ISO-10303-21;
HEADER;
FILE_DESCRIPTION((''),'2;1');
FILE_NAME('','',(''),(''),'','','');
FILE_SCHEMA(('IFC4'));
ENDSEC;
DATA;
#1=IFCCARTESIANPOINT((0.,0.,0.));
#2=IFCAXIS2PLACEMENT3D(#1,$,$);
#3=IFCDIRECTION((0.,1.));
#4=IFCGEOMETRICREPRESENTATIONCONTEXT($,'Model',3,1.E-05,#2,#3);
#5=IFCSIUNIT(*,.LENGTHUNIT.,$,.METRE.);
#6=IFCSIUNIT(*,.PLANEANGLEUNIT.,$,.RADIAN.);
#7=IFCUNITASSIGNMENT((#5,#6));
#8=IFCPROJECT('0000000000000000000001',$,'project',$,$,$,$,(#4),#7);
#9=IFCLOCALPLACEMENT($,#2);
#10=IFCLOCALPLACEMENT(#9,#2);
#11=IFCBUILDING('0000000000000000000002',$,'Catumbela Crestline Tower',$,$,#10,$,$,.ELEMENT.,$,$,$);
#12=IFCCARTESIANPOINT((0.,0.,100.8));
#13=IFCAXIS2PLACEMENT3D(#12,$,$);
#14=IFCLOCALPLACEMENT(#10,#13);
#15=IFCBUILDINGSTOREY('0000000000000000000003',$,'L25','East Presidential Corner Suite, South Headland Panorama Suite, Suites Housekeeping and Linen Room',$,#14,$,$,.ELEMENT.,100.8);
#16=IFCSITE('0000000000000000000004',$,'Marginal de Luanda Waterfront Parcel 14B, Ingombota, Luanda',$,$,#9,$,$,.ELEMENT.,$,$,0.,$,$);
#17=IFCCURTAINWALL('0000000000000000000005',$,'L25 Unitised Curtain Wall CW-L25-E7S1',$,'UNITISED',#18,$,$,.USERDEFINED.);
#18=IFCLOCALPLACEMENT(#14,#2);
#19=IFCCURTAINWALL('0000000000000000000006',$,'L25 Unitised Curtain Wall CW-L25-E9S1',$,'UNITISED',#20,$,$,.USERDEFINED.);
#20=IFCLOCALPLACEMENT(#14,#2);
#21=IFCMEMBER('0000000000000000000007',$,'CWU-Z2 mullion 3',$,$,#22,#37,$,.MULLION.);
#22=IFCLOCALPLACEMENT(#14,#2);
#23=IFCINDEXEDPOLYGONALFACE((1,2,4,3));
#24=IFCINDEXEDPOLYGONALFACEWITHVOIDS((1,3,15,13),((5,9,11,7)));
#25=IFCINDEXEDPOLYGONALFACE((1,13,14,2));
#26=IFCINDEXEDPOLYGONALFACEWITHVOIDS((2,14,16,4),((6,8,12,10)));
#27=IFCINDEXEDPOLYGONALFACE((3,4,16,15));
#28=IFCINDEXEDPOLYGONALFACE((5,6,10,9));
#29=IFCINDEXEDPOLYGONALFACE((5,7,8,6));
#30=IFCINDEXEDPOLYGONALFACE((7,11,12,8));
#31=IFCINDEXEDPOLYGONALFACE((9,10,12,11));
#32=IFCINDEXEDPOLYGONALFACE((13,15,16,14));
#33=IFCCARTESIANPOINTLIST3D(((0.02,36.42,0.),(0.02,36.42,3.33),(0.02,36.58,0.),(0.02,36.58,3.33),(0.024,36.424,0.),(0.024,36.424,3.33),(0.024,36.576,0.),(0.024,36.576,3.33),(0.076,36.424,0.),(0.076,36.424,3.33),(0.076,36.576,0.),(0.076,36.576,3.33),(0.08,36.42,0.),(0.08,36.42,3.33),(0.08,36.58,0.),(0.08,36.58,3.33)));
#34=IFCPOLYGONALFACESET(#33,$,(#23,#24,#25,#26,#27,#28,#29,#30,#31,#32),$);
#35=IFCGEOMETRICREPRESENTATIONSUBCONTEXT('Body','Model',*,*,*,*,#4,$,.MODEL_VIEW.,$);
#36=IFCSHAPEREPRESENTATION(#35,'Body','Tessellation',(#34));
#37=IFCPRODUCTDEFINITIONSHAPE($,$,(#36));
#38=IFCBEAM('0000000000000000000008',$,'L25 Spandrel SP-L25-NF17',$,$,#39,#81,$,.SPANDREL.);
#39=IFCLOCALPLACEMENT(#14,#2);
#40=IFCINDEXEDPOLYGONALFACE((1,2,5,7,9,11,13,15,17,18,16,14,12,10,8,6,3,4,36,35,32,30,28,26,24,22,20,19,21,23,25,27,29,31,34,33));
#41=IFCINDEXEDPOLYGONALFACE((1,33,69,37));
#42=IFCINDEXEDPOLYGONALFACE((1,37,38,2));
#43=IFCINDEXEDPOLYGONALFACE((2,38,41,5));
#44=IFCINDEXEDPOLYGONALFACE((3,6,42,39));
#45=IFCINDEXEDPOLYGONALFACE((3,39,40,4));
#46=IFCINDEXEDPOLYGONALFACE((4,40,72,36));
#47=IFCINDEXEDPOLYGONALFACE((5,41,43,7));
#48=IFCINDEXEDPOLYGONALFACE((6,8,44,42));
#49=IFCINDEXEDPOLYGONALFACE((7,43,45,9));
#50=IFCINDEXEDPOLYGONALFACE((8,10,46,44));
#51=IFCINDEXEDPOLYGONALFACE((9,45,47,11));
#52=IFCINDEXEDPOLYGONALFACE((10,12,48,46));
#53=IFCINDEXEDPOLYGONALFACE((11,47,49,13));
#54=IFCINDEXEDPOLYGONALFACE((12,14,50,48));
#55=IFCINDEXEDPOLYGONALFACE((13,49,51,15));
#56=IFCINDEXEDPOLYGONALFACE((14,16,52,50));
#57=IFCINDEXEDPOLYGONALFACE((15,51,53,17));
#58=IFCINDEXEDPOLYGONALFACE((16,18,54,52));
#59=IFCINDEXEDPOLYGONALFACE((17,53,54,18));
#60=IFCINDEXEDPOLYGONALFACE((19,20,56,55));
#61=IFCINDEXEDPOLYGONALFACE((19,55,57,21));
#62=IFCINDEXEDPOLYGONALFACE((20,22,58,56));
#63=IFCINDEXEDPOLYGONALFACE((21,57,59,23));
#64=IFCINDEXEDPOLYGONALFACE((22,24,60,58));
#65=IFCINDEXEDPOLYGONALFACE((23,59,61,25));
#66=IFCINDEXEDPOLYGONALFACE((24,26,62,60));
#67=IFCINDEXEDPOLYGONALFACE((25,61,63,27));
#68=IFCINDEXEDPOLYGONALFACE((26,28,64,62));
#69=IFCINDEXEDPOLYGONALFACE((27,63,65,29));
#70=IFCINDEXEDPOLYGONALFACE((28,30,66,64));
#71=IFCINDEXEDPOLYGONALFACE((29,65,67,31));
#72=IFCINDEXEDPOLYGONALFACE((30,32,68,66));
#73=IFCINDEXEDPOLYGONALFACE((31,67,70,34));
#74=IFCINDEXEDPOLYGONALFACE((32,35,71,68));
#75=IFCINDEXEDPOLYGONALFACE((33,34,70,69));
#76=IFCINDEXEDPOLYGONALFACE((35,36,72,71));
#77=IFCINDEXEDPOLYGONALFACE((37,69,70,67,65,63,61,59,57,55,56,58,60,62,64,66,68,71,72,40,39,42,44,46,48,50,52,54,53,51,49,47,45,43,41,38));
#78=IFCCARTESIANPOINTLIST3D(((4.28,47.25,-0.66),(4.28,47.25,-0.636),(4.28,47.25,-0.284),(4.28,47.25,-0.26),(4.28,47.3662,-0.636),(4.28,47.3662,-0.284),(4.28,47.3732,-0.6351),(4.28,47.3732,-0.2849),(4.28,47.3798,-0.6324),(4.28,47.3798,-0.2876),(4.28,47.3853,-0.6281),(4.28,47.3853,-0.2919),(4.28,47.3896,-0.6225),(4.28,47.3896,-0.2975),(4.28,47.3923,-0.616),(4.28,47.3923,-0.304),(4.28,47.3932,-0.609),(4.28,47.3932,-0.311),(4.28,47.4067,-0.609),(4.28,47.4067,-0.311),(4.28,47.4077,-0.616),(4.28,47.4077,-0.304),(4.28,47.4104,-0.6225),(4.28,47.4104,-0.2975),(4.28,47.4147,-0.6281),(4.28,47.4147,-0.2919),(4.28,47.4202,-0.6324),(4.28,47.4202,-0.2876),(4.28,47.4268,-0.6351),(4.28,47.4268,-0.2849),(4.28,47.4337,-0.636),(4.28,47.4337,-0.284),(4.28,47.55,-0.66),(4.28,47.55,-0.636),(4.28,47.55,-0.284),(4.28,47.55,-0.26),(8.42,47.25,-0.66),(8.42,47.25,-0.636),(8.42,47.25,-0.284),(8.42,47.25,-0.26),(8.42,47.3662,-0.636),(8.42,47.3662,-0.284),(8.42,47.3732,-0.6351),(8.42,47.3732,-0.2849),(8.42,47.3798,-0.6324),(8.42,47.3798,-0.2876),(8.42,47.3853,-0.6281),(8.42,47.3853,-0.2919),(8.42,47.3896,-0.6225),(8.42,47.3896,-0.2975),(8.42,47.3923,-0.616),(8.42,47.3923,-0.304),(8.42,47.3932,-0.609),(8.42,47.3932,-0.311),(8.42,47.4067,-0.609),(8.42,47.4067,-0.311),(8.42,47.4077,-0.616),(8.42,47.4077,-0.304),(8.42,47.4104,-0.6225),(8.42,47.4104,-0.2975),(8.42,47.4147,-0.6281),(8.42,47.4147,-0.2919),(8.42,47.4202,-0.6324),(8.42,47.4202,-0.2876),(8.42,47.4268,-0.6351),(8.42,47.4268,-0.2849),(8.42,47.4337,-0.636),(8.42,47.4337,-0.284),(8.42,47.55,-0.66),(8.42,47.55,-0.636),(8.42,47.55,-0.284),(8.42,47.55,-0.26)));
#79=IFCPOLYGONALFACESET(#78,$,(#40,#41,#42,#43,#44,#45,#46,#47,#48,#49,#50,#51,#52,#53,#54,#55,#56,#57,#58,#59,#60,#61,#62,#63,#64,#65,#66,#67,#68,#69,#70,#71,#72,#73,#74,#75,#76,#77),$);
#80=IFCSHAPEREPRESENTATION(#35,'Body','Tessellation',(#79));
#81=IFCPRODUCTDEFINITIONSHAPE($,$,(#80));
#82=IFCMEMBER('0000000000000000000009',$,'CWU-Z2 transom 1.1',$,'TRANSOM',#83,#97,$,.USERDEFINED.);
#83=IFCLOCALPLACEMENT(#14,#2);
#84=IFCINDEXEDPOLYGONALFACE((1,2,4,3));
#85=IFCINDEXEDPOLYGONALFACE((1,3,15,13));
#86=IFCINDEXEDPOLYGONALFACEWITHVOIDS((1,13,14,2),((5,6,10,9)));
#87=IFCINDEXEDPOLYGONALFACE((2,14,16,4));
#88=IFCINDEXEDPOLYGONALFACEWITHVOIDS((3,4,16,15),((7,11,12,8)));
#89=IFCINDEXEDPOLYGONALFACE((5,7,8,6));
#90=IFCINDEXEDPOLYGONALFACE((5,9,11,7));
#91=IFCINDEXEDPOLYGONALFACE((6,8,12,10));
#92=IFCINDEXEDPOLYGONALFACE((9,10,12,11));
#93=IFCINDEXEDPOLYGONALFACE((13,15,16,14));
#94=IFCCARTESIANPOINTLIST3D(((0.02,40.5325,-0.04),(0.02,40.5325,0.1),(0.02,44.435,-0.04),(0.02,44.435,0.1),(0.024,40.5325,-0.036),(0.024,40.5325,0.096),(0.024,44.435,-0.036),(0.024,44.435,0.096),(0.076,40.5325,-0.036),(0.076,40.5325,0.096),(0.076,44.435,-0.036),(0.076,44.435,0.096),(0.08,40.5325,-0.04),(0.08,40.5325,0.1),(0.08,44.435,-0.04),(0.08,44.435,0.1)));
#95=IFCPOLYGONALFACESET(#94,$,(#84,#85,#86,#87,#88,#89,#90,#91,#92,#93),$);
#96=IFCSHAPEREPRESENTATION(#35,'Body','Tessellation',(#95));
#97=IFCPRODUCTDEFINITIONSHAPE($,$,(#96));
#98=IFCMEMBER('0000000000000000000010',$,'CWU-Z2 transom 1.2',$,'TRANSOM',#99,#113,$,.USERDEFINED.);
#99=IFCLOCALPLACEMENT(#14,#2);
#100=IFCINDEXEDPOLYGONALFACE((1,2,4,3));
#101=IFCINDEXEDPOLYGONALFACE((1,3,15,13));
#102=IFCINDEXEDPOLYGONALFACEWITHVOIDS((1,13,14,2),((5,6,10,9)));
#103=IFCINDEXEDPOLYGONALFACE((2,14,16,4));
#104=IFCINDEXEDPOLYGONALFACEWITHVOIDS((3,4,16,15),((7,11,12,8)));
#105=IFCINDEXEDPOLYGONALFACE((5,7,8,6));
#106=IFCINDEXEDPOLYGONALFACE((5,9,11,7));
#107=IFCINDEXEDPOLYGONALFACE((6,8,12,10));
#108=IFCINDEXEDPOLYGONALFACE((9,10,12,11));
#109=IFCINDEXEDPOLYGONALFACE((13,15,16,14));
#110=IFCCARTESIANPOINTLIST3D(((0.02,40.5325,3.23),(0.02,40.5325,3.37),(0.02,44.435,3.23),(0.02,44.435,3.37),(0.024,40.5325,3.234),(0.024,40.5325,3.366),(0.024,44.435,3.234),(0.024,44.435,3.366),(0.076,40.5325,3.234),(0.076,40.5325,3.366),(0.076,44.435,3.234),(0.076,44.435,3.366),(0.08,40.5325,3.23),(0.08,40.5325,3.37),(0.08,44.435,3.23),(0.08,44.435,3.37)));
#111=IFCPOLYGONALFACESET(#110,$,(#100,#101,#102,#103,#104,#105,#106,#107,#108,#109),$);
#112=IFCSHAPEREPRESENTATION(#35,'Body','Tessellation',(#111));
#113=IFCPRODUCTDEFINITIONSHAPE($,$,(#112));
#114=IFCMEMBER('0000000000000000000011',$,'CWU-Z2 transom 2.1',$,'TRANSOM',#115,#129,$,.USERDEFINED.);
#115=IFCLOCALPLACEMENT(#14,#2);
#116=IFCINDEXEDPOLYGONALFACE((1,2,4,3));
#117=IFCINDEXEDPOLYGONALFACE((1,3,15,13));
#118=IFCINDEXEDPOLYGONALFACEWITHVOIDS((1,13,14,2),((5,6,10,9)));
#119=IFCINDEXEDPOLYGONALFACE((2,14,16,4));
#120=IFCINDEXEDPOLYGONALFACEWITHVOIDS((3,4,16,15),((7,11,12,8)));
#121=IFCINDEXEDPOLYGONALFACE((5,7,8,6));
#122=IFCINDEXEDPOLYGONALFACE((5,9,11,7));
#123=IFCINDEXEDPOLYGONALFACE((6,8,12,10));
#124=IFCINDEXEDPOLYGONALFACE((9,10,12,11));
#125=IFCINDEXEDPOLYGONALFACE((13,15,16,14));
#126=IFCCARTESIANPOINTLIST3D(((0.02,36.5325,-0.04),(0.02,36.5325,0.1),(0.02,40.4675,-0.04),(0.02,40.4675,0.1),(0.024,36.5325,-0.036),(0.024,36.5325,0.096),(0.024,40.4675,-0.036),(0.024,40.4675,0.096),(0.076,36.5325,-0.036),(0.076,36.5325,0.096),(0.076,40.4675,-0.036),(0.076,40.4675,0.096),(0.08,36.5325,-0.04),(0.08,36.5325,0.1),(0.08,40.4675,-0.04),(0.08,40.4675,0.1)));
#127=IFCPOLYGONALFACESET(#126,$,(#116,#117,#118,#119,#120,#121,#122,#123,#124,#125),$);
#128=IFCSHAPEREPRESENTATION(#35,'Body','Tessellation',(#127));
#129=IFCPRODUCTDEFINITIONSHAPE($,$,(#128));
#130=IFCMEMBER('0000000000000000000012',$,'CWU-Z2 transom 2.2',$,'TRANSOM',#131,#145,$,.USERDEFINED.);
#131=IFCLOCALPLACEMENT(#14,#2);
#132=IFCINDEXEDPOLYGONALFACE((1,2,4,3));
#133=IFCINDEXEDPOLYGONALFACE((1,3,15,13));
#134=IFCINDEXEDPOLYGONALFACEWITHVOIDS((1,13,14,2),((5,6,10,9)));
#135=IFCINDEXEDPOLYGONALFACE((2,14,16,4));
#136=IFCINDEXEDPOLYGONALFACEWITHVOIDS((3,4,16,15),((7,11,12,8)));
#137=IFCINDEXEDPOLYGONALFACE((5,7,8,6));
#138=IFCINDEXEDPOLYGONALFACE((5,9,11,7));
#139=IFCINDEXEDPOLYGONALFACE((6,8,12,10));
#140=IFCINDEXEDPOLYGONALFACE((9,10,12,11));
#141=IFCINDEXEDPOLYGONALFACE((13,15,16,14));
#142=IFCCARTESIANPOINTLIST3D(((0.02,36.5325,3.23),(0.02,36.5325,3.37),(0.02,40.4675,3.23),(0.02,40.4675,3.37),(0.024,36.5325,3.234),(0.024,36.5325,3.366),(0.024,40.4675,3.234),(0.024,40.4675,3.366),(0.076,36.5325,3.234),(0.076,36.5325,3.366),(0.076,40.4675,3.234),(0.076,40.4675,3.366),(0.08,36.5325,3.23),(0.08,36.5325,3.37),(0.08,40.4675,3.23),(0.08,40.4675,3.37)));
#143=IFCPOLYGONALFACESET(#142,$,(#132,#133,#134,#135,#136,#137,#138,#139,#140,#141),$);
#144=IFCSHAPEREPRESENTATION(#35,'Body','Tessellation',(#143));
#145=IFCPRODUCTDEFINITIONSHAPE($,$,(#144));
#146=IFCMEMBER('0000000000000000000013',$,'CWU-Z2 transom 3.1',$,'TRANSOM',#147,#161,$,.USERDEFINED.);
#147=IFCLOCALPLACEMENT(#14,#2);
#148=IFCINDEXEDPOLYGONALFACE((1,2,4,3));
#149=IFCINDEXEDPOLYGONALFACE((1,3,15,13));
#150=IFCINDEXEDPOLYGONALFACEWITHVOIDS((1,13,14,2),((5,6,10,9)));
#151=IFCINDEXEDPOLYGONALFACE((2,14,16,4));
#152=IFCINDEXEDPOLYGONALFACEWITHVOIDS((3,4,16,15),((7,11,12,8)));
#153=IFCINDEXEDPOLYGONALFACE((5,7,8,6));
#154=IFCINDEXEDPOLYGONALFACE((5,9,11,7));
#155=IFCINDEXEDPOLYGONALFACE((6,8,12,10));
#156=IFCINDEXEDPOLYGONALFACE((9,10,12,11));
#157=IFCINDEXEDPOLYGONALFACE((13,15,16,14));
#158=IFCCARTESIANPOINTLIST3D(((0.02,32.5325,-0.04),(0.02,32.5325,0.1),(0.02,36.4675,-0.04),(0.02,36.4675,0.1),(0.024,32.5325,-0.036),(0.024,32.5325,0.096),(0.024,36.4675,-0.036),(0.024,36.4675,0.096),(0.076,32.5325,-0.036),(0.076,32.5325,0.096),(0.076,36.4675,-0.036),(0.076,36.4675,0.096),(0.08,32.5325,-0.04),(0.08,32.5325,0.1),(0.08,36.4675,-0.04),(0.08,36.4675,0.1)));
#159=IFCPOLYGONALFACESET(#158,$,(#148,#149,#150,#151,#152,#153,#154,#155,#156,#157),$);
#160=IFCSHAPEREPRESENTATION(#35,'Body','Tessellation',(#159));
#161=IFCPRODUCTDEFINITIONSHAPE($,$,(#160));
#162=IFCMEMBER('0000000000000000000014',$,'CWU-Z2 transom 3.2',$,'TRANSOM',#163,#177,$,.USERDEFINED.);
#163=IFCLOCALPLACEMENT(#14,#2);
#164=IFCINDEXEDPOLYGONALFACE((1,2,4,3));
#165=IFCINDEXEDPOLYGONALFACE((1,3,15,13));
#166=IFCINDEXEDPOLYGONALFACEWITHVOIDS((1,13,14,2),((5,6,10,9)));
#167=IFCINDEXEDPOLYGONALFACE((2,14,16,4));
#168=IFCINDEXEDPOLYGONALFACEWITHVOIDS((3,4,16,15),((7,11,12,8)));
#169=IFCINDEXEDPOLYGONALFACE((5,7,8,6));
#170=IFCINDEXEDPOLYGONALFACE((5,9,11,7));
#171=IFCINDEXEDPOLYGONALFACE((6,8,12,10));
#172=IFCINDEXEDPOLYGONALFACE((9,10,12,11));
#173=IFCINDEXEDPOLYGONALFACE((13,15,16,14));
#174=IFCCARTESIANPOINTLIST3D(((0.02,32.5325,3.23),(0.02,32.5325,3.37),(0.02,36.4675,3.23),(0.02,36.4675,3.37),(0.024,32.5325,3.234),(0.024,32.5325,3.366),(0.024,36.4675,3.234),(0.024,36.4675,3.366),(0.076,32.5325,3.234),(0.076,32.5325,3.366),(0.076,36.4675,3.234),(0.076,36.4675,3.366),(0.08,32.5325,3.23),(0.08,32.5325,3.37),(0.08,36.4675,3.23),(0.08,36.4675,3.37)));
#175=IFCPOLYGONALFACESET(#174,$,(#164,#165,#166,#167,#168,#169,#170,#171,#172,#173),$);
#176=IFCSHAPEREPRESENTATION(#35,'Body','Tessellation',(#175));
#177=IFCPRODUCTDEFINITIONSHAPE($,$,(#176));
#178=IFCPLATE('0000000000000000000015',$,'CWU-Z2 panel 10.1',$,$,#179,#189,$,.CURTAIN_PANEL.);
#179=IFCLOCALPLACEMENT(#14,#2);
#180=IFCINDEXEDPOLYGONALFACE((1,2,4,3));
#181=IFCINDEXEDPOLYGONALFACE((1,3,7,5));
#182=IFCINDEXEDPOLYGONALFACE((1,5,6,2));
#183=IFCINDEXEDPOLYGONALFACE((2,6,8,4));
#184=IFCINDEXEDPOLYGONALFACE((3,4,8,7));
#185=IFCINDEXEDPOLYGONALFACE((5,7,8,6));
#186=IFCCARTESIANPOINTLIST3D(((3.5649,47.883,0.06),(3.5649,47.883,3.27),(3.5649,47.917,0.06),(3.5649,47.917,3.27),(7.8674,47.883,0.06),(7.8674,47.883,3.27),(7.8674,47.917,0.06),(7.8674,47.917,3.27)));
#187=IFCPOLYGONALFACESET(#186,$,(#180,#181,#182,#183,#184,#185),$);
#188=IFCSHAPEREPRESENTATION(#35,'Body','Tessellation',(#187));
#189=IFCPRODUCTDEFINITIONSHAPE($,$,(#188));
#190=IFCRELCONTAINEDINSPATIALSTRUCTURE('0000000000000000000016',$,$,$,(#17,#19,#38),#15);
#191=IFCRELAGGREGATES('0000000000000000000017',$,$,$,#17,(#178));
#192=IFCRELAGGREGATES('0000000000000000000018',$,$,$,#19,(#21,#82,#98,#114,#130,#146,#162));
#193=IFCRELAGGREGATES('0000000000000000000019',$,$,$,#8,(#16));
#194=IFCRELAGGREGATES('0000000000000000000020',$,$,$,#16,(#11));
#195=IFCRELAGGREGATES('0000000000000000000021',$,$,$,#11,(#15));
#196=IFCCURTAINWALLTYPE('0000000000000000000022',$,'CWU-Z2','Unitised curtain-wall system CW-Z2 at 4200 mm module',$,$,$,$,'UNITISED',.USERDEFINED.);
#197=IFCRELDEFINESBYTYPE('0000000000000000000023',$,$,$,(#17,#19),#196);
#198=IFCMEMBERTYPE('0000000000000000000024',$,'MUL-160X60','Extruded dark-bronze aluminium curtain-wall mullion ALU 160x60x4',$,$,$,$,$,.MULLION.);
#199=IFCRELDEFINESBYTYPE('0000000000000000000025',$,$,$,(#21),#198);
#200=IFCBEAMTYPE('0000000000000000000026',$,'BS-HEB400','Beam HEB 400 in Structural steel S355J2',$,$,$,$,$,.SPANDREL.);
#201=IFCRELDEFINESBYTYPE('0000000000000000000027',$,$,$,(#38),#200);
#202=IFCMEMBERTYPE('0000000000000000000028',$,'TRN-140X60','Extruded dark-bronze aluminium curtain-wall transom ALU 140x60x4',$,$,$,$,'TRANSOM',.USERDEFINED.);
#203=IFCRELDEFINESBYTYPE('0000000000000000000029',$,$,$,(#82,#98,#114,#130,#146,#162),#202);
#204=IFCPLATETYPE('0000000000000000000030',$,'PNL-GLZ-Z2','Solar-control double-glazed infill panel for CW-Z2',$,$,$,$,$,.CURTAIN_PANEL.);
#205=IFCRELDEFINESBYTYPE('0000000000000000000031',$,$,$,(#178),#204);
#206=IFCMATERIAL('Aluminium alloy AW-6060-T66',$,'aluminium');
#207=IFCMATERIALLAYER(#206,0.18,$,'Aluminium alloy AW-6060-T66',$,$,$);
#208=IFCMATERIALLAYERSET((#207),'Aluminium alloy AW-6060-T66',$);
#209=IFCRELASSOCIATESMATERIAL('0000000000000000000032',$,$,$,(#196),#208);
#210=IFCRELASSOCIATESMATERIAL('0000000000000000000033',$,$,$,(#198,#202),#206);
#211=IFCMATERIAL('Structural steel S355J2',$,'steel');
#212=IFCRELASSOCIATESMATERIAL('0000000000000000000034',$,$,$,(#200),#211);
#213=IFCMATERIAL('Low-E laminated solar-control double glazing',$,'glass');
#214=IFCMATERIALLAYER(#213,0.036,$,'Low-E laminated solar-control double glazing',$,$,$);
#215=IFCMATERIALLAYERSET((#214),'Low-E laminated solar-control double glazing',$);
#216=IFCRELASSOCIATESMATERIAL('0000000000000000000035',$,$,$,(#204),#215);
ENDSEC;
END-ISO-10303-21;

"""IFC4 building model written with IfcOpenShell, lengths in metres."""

from ifc_helpers import new_model, si_unit, direction, frame, origin, origin_2d, place, context, subcontext, project, spatial, rectangle, hollow_rectangle, i_section, extrude, material, layer, layer_set, material_profile, profile_set, type_object, element, aggregate, save


model = new_model("IFC4")

# Units and contexts
model_context = context("Model", 3, precision=1e-05, world=origin(), true_north=direction((0.0, 1.0)))
body_context = subcontext(model_context, "Body", "Model", "MODEL_VIEW")
ifc_project = project(units=[si_unit("LENGTHUNIT", "METRE"), si_unit("PLANEANGLEUNIT", "RADIAN")], contexts=[model_context])

# Site, building, storey
site_placement = place(None, origin())
site = spatial("IfcSite", under=ifc_project, at=site_placement, Name="Marginal de Luanda Waterfront Parcel 14B, Ingombota, Luanda", CompositionType="ELEMENT", RefElevation=0.0)
building_placement = place(site_placement, origin())
building = spatial("IfcBuilding", under=site, at=building_placement, Name="Catumbela Crestline Tower", CompositionType="ELEMENT")
storey_placement = place(building_placement, frame((0.0, 0.0, 100.8)))
storey = spatial("IfcBuildingStorey", under=building, at=storey_placement, Name="L25", Description="East Presidential Corner Suite, South Headland Panorama Suite, Suites Housekeeping and Linen Room", CompositionType="ELEMENT", Elevation=100.8)

# Shared definitions
ifc_material_1 = material(Name="Structural steel S355J2", Category="steel")

# Curtain wall
ifc_material_2 = material(Name="Aluminium alloy AW-6060-T66", Category="aluminium")
ifc_layer_1 = layer(ifc_material_2, 0.18, Name="Aluminium alloy AW-6060-T66")
ifc_layer_set_1 = layer_set([ifc_layer_1], Name="Aluminium alloy AW-6060-T66")
curtain_wall_type = type_object("IfcCurtainWallType", Name="CWU-Z2", Description="Unitised curtain-wall system CW-Z2 at 4200 mm module", ElementType="UNITISED", PredefinedType="USERDEFINED", material=ifc_layer_set_1)
curtain_wall_1_placement = place(storey_placement, origin())
curtain_wall_1 = element("IfcCurtainWall", 1, at=curtain_wall_1_placement, inside=storey, type_object=curtain_wall_type, Name="L25 Unitised Curtain Wall CW-L25-E7S1", ObjectType="UNITISED", PredefinedType="USERDEFINED")
ifc_material_profile_1 = material_profile(ifc_material_2, hollow_rectangle(XDim=0.06, YDim=0.16, WallThickness=0.004, at=origin_2d()), Name="ALU 160x60x4")
ifc_profile_set_1 = profile_set([ifc_material_profile_1], Name="Aluminium alloy AW-6060-T66")
member_type_1 = type_object("IfcMemberType", Name="MUL-160X60", Description="Extruded dark-bronze aluminium curtain-wall mullion ALU 160x60x4", PredefinedType="MULLION", material=ifc_profile_set_1)

# Curtain wall, member
curtain_wall_2_placement = place(storey_placement, origin())
curtain_wall_2 = element("IfcCurtainWall", 2, at=curtain_wall_2_placement, inside=storey, type_object=curtain_wall_type, Name="L25 Unitised Curtain Wall CW-L25-E9S1", ObjectType="UNITISED", PredefinedType="USERDEFINED")
member_1_placement = place(storey_placement, frame((0.05, 36.5, 0.0), z_axis=(0.0, 0.0, 1.0), x_axis=(1.0, 0.0, 0.0)))
member_1 = element("IfcMember", 3, at=member_1_placement, type_object=member_type_1, Name="CWU-Z2 mullion 3", PredefinedType="MULLION", context=body_context, shape_type="SweptSolid", body=[
    extrude(hollow_rectangle(XDim=0.06, YDim=0.16, WallThickness=0.004, at=origin_2d()), origin(), (0.0, 0.0, 1.0), 3.33),
])

# Beam
ifc_material_profile_2 = material_profile(ifc_material_1, i_section(OverallWidth=0.3, OverallDepth=0.4, WebThickness=0.0135, FlangeThickness=0.024, FilletRadius=0.027, at=origin_2d()), Name="HEB 400")
ifc_profile_set_2 = profile_set([ifc_material_profile_2], Name="Structural steel S355J2")
beam_type_1 = type_object("IfcBeamType", Name="BS-HEB400", Description="Beam HEB 400 in Structural steel S355J2", PredefinedType="SPANDREL", material=ifc_profile_set_2)
beam_1_placement = place(storey_placement, frame((4.28, 47.4, -0.46), z_axis=(1.0, 0.0, 0.0), x_axis=(0.0, 1.0, 0.0)))
element("IfcBeam", 4, at=beam_1_placement, inside=storey, type_object=beam_type_1, Name="L25 Spandrel SP-L25-NF17", PredefinedType="SPANDREL", context=body_context, shape_type="SweptSolid", body=[
    extrude(i_section(OverallWidth=0.3, OverallDepth=0.4, WebThickness=0.0135, FlangeThickness=0.024, FilletRadius=0.027, at=origin_2d()), origin(), (0.0, 0.0, 1.0), 4.14),
])

# Members
ifc_material_profile_3 = material_profile(ifc_material_2, hollow_rectangle(XDim=0.06, YDim=0.14, WallThickness=0.004, at=origin_2d()), Name="ALU 140x60x4")
ifc_profile_set_3 = profile_set([ifc_material_profile_3], Name="Aluminium alloy AW-6060-T66")
member_type_2 = type_object("IfcMemberType", Name="TRN-140X60", Description="Extruded dark-bronze aluminium curtain-wall transom ALU 140x60x4", ElementType="TRANSOM", PredefinedType="USERDEFINED", material=ifc_profile_set_3)
member_2_placement = place(storey_placement, frame((0.05, 44.435, 0.03), z_axis=(0.0, -1.0, 0.0), x_axis=(1.0, 0.0, 0.0)))
member_2 = element("IfcMember", 5, at=member_2_placement, type_object=member_type_2, Name="CWU-Z2 transom 1.1", ObjectType="TRANSOM", PredefinedType="USERDEFINED", context=body_context, shape_type="SweptSolid", body=[
    extrude(hollow_rectangle(XDim=0.06, YDim=0.14, WallThickness=0.004, at=origin_2d()), origin(), (0.0, 0.0, 1.0), 3.9025),
])
member_3_placement = place(storey_placement, frame((0.05, 44.435, 3.3), z_axis=(0.0, -1.0, 0.0), x_axis=(1.0, 0.0, 0.0)))
member_3 = element("IfcMember", 6, at=member_3_placement, type_object=member_type_2, Name="CWU-Z2 transom 1.2", ObjectType="TRANSOM", PredefinedType="USERDEFINED", context=body_context, shape_type="SweptSolid", body=[
    extrude(hollow_rectangle(XDim=0.06, YDim=0.14, WallThickness=0.004, at=origin_2d()), origin(), (0.0, 0.0, 1.0), 3.9025),
])
member_4_placement = place(storey_placement, frame((0.05, 40.4675, 0.03), z_axis=(0.0, -1.0, 0.0), x_axis=(1.0, 0.0, 0.0)))
member_4 = element("IfcMember", 7, at=member_4_placement, type_object=member_type_2, Name="CWU-Z2 transom 2.1", ObjectType="TRANSOM", PredefinedType="USERDEFINED", context=body_context, shape_type="SweptSolid", body=[
    extrude(hollow_rectangle(XDim=0.06, YDim=0.14, WallThickness=0.004, at=origin_2d()), origin(), (0.0, 0.0, 1.0), 3.935),
])
member_5_placement = place(storey_placement, frame((0.05, 40.4675, 3.3), z_axis=(0.0, -1.0, 0.0), x_axis=(1.0, 0.0, 0.0)))
member_5 = element("IfcMember", 8, at=member_5_placement, type_object=member_type_2, Name="CWU-Z2 transom 2.2", ObjectType="TRANSOM", PredefinedType="USERDEFINED", context=body_context, shape_type="SweptSolid", body=[
    extrude(hollow_rectangle(XDim=0.06, YDim=0.14, WallThickness=0.004, at=origin_2d()), origin(), (0.0, 0.0, 1.0), 3.935),
])
member_6_placement = place(storey_placement, frame((0.05, 36.4675, 0.03), z_axis=(0.0, -1.0, 0.0), x_axis=(1.0, 0.0, 0.0)))
member_6 = element("IfcMember", 9, at=member_6_placement, type_object=member_type_2, Name="CWU-Z2 transom 3.1", ObjectType="TRANSOM", PredefinedType="USERDEFINED", context=body_context, shape_type="SweptSolid", body=[
    extrude(hollow_rectangle(XDim=0.06, YDim=0.14, WallThickness=0.004, at=origin_2d()), origin(), (0.0, 0.0, 1.0), 3.935),
])
member_7_placement = place(storey_placement, frame((0.05, 36.4675, 3.3), z_axis=(0.0, -1.0, 0.0), x_axis=(1.0, 0.0, 0.0)))
member_7 = element("IfcMember", 10, at=member_7_placement, type_object=member_type_2, Name="CWU-Z2 transom 3.2", ObjectType="TRANSOM", PredefinedType="USERDEFINED", context=body_context, shape_type="SweptSolid", body=[
    extrude(hollow_rectangle(XDim=0.06, YDim=0.14, WallThickness=0.004, at=origin_2d()), origin(), (0.0, 0.0, 1.0), 3.935),
])

# Plate
ifc_material_3 = material(Name="Low-E laminated solar-control double glazing", Category="glass")
ifc_layer_2 = layer(ifc_material_3, 0.036, Name="Low-E laminated solar-control double glazing")
ifc_layer_set_2 = layer_set([ifc_layer_2], Name="Low-E laminated solar-control double glazing")
plate_type = type_object("IfcPlateType", Name="PNL-GLZ-Z2", Description="Solar-control double-glazed infill panel for CW-Z2", PredefinedType="CURTAIN_PANEL", material=ifc_layer_set_2)
plate_1_placement = place(storey_placement, frame((5.7162, 47.9, 0.06), z_axis=(0.0, 0.0, 1.0), x_axis=(-1.0, 0.0, 0.0)))
plate_1 = element("IfcPlate", 11, at=plate_1_placement, type_object=plate_type, Name="CWU-Z2 panel 10.1", PredefinedType="CURTAIN_PANEL", context=body_context, shape_type="SweptSolid", body=[
    extrude(rectangle(XDim=4.3025, YDim=0.034, at=origin_2d()), origin(), (0.0, 0.0, 1.0), 3.21),
])
aggregate(curtain_wall_1, [plate_1])
aggregate(curtain_wall_2, [member_1, member_2, member_3, member_4, member_5, member_6, member_7])

save(model, "model.ifc")
